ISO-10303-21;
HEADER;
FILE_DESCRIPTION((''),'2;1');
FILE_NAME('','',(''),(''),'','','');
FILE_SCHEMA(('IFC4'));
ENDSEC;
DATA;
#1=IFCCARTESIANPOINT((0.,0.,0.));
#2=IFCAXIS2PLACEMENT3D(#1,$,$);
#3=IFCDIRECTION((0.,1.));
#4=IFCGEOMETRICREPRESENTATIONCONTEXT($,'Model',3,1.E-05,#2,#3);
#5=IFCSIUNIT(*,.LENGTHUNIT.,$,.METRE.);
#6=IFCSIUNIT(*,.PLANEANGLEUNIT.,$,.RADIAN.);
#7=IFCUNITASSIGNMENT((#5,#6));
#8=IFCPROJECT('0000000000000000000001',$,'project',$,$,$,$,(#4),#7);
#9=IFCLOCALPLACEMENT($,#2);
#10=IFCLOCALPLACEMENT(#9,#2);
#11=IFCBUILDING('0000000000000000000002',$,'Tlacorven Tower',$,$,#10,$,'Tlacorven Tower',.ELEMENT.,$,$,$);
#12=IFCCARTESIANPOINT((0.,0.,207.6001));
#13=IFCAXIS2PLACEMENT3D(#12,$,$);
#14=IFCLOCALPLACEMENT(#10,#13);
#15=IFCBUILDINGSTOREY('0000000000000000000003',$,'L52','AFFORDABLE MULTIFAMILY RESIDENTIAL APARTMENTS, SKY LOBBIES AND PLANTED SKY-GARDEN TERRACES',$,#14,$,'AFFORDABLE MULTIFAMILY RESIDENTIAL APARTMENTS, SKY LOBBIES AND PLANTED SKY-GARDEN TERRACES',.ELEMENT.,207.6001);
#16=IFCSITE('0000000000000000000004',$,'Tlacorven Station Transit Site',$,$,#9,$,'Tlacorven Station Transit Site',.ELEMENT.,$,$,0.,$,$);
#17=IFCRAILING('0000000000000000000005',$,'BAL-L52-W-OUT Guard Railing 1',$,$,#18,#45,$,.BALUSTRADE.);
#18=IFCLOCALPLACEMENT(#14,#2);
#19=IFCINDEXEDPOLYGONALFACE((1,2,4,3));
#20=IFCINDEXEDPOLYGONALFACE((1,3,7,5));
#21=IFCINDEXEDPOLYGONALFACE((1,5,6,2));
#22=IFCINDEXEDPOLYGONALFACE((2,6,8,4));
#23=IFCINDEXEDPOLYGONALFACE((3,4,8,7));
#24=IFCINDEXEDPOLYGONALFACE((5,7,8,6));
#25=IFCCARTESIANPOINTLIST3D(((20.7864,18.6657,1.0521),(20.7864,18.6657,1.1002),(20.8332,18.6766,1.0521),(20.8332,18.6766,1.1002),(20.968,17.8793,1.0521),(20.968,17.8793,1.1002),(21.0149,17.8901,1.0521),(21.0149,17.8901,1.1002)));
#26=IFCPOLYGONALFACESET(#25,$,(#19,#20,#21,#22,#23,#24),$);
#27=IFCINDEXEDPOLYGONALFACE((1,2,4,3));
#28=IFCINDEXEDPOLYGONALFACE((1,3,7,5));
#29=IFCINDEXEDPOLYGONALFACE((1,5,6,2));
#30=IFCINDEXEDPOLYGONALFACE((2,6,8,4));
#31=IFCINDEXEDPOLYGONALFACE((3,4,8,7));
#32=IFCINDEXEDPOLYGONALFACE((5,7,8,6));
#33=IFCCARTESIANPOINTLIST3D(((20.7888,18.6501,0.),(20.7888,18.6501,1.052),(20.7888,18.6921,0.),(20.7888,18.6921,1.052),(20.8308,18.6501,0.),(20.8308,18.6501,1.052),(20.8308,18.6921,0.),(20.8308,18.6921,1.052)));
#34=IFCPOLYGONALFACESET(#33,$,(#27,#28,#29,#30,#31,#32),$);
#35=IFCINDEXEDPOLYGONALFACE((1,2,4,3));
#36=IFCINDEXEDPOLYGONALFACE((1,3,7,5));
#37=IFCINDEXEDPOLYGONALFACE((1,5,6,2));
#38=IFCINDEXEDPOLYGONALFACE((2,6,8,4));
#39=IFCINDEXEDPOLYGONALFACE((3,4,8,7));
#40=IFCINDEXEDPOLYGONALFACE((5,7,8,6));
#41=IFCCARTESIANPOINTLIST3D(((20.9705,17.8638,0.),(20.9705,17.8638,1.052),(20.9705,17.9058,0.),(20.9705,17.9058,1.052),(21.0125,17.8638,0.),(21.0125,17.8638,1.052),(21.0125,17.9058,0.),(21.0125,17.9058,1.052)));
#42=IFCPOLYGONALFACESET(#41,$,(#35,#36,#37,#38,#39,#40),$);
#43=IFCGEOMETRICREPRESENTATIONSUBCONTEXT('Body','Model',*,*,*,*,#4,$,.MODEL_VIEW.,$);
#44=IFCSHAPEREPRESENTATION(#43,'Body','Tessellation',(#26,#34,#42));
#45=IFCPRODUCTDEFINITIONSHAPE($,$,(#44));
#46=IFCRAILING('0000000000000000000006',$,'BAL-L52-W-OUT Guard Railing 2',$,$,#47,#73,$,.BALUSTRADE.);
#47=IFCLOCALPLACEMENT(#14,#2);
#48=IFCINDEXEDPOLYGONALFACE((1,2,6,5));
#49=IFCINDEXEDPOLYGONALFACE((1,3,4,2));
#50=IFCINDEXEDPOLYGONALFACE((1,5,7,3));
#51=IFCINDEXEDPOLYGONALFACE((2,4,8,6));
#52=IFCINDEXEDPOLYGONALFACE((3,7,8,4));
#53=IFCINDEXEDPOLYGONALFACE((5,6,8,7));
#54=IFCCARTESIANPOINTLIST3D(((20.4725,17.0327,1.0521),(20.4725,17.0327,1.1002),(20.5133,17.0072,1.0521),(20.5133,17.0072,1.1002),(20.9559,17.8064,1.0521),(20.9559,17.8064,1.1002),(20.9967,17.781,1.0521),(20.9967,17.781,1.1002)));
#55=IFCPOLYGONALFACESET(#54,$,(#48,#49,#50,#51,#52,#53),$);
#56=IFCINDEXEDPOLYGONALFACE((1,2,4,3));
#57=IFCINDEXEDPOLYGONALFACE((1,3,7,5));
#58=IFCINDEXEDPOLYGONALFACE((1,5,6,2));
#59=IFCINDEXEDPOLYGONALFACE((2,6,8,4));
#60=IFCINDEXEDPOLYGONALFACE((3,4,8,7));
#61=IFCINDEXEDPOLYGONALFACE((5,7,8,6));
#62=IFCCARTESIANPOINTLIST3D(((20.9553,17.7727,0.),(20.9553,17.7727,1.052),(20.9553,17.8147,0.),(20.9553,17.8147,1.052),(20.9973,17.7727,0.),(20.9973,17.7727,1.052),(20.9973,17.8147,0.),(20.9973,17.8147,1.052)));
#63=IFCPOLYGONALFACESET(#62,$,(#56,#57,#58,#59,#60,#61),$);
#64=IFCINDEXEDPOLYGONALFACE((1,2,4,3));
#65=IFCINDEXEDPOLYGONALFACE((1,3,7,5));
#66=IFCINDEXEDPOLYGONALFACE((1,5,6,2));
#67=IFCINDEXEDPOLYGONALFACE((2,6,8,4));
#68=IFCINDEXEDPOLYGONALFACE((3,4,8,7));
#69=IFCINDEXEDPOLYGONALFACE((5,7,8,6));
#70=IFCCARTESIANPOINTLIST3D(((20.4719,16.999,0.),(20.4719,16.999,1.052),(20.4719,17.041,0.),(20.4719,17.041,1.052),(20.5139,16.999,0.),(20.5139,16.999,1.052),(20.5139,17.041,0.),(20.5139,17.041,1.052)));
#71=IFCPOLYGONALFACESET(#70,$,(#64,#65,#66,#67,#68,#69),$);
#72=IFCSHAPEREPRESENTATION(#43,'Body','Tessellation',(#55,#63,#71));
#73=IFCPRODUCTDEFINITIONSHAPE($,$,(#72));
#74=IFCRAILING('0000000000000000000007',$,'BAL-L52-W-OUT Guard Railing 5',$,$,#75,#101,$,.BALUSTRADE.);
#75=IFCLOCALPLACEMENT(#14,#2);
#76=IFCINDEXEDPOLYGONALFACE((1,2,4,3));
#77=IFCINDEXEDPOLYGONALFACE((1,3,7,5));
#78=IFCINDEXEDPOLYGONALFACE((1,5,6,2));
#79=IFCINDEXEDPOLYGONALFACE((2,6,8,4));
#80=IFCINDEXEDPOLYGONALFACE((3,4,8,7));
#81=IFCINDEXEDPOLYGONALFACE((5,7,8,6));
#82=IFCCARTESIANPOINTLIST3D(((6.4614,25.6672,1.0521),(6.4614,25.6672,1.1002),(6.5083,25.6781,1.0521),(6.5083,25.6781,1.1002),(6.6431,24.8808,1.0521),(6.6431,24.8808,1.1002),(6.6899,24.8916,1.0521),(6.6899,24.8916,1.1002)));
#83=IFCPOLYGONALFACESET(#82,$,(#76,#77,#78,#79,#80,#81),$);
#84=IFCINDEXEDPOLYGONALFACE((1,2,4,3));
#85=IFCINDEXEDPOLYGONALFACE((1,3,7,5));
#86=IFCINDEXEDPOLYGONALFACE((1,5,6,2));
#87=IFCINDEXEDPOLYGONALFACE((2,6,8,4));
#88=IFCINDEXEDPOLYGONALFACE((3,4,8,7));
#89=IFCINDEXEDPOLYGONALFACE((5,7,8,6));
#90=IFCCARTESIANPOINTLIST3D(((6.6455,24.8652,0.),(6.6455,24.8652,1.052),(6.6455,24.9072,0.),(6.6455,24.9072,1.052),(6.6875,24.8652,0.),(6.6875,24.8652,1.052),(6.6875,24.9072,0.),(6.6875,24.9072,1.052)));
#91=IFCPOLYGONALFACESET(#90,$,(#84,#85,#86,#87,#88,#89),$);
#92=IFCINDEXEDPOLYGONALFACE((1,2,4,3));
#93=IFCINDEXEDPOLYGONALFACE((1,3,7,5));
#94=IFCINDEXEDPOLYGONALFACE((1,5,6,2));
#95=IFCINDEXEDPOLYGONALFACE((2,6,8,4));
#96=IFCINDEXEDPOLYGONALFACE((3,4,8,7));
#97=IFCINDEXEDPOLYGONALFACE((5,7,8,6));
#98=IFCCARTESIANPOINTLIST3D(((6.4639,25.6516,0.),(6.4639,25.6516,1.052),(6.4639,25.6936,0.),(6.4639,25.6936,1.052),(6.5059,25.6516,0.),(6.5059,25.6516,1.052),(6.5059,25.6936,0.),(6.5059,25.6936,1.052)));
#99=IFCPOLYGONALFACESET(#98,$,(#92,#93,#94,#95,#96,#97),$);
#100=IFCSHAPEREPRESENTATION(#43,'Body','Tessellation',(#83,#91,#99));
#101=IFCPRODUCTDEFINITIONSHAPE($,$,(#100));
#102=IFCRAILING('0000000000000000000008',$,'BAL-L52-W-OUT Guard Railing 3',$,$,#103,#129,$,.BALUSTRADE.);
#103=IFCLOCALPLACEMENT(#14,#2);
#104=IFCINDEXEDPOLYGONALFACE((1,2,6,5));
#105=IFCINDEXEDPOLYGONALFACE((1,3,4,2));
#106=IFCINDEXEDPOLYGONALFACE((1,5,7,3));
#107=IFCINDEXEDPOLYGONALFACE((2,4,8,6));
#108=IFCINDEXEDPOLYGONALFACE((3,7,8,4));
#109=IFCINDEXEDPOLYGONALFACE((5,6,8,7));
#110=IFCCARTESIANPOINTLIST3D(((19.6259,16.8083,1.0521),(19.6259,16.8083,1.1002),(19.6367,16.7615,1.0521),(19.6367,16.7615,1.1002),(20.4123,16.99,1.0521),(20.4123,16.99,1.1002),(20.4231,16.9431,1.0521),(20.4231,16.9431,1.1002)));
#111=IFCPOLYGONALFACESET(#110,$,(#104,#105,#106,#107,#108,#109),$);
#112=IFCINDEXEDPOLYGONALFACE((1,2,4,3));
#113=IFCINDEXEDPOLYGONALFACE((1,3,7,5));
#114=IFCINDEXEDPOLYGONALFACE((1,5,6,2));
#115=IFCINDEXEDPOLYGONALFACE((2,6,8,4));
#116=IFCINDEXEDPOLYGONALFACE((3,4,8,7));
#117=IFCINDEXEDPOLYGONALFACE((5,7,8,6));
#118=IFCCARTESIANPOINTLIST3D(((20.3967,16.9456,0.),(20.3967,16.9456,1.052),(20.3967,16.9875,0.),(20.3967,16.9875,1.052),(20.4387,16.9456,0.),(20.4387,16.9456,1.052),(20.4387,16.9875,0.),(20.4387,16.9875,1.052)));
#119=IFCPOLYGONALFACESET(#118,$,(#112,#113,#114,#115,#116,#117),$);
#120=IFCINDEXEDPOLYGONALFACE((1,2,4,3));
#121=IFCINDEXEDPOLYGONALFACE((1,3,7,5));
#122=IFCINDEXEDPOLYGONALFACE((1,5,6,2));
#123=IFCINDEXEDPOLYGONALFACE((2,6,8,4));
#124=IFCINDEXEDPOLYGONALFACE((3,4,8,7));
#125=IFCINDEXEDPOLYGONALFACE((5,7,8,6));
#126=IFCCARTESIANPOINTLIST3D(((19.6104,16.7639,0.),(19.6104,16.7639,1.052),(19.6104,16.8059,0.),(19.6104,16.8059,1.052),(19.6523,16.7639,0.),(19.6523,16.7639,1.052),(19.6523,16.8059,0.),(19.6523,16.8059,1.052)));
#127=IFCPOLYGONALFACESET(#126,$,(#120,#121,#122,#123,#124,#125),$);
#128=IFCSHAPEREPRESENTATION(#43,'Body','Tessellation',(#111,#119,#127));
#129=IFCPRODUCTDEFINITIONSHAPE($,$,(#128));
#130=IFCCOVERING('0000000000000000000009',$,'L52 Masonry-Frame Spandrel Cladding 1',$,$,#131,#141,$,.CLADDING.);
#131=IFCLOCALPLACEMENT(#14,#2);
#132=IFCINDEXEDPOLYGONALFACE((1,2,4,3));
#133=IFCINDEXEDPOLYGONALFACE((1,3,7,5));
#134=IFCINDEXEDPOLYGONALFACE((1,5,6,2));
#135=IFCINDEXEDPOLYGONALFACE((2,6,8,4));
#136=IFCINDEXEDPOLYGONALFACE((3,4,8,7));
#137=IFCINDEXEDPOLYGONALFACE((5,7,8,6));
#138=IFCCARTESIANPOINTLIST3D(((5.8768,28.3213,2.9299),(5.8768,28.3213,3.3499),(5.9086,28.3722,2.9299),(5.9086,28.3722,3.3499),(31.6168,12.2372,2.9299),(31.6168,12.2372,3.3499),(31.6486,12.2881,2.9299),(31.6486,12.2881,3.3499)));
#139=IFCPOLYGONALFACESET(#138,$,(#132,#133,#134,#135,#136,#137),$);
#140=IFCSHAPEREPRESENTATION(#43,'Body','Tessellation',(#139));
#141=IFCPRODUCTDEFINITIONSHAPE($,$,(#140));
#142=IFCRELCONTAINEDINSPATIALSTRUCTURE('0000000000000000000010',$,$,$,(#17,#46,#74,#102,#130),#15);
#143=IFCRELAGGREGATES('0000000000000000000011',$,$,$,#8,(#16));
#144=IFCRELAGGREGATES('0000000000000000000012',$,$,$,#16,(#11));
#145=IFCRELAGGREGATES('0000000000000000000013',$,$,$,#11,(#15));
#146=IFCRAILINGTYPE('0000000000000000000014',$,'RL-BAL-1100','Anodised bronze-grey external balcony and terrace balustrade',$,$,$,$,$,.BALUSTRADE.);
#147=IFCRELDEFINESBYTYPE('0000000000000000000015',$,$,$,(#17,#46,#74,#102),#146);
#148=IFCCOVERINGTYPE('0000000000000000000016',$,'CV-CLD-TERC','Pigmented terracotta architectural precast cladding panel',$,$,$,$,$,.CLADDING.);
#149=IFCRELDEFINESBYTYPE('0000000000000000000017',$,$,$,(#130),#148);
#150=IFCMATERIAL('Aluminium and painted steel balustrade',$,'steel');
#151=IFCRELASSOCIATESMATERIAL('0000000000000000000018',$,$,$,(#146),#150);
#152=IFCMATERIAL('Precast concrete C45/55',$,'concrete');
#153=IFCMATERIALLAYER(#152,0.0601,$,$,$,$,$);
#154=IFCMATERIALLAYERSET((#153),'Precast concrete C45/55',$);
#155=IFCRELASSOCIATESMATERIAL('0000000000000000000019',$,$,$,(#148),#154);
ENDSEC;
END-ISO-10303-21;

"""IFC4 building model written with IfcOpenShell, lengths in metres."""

from ifc_helpers import new_model, si_unit, direction, frame, origin, origin_2d, place, context, subcontext, project, spatial, rectangle, extrude, source, transform, mapped, material, layer, layer_set, type_object, element, save


model = new_model("IFC4")

# Units and contexts
model_context = context("Model", 3, precision=1e-05, world=origin(), true_north=direction((0.0, 1.0)))
body_context = subcontext(model_context, "Body", "Model", "MODEL_VIEW")
ifc_project = project(units=[si_unit("LENGTHUNIT", "METRE"), si_unit("PLANEANGLEUNIT", "RADIAN")], contexts=[model_context])

# Site, building, storey
site_placement = place(None, origin())
site = spatial("IfcSite", under=ifc_project, at=site_placement, Name="Tlacorven Station Transit Site", LongName="Tlacorven Station Transit Site", CompositionType="ELEMENT", RefElevation=0.0)
building_placement = place(site_placement, origin())
building = spatial("IfcBuilding", under=site, at=building_placement, Name="Tlacorven Tower", LongName="Tlacorven Tower", CompositionType="ELEMENT")
storey_placement = place(building_placement, frame((0.0, 0.0, 207.6001)))
storey = spatial("IfcBuildingStorey", under=building, at=storey_placement, Name="L52", Description="AFFORDABLE MULTIFAMILY RESIDENTIAL APARTMENTS, SKY LOBBIES AND PLANTED SKY-GARDEN TERRACES", LongName="AFFORDABLE MULTIFAMILY RESIDENTIAL APARTMENTS, SKY LOBBIES AND PLANTED SKY-GARDEN TERRACES", CompositionType="ELEMENT", Elevation=207.6001)

# Shared definitions
ifc_material_1 = material(Name="Precast concrete C45/55", Category="concrete")

# Railings
ifc_material_2 = material(Name="Aluminium and painted steel balustrade", Category="steel")
railing_type = type_object("IfcRailingType", Name="RL-BAL-1100", Description="Anodised bronze-grey external balcony and terrace balustrade", PredefinedType="BALUSTRADE", material=ifc_material_2)
shared_shape_1 = source(origin(), body_context, "Body", "SweptSolid", [
    extrude(rectangle(XDim=0.0481, YDim=0.0481, at=origin_2d()), frame((0.0, 0.0, 1.0762), z_axis=(0.225058, -0.974345, 0.0), x_axis=(0.974345, 0.225058, 0.0)), (0.0, 0.0, 1.0), 0.8071),
    extrude(rectangle(XDim=0.042, YDim=0.042, at=origin_2d()), origin(), (0.0, 0.0, 1.0), 1.052),
    extrude(rectangle(XDim=0.042, YDim=0.042, at=origin_2d()), frame((0.1816, -0.7864, 0.0)), (0.0, 0.0, 1.0), 1.052),
])
railing_1_placement = place(storey_placement, frame((20.8098, 18.6711, 0.0)))
element("IfcRailing", 1, at=railing_1_placement, inside=storey, type_object=railing_type, Name="BAL-L52-W-OUT Guard Railing 1", PredefinedType="BALUSTRADE", context=body_context, shape_type="MappedRepresentation", body=[
    mapped(shared_shape_1, transform((0.0, 0.0, 0.0), scale=1.0)),
])
shared_shape_2 = source(origin(), body_context, "Body", "SweptSolid", [
    extrude(rectangle(XDim=0.0481, YDim=0.0481, at=origin_2d()), frame((0.0, 0.0, 1.0762), z_axis=(-0.529879, -0.848073, 0.0), x_axis=(0.848073, -0.529879, 0.0)), (0.0, 0.0, 1.0), 0.9124),
    extrude(rectangle(XDim=0.042, YDim=0.042, at=origin_2d()), origin(), (0.0, 0.0, 1.0), 1.052),
    extrude(rectangle(XDim=0.042, YDim=0.042, at=origin_2d()), frame((-0.4834, -0.7737, 0.0)), (0.0, 0.0, 1.0), 1.052),
])
railing_2_placement = place(storey_placement, frame((20.9763, 17.7937, 0.0)))
element("IfcRailing", 2, at=railing_2_placement, inside=storey, type_object=railing_type, Name="BAL-L52-W-OUT Guard Railing 2", PredefinedType="BALUSTRADE", context=body_context, shape_type="MappedRepresentation", body=[
    mapped(shared_shape_2, transform((0.0, 0.0, 0.0), scale=1.0)),
])
shared_shape_3 = source(origin(), body_context, "Body", "SweptSolid", [
    extrude(rectangle(XDim=0.0481, YDim=0.0481, at=origin_2d()), frame((0.0, 0.0, 1.0762), z_axis=(-0.225058, 0.974345, 0.0), x_axis=(-0.974345, -0.225058, 0.0)), (0.0, 0.0, 1.0), 0.8071),
    extrude(rectangle(XDim=0.042, YDim=0.042, at=origin_2d()), origin(), (0.0, 0.0, 1.0), 1.052),
    extrude(rectangle(XDim=0.042, YDim=0.042, at=origin_2d()), frame((-0.1816, 0.7864, 0.0)), (0.0, 0.0, 1.0), 1.052),
])
railing_3_placement = place(storey_placement, frame((6.6665, 24.8862, 0.0)))
element("IfcRailing", 3, at=railing_3_placement, inside=storey, type_object=railing_type, Name="BAL-L52-W-OUT Guard Railing 5", PredefinedType="BALUSTRADE", context=body_context, shape_type="MappedRepresentation", body=[
    mapped(shared_shape_3, transform((0.0, 0.0, 0.0), scale=1.0)),
])
shared_shape_4 = source(origin(), body_context, "Body", "SweptSolid", [
    extrude(rectangle(XDim=0.0481, YDim=0.0481, at=origin_2d()), frame((0.0, 0.0, 1.0762), z_axis=(-0.974345, -0.225058, 0.0), x_axis=(0.225058, -0.974345, 0.0)), (0.0, 0.0, 1.0), 0.8071),
    extrude(rectangle(XDim=0.042, YDim=0.042, at=origin_2d()), origin(), (0.0, 0.0, 1.0), 1.052),
    extrude(rectangle(XDim=0.042, YDim=0.042, at=origin_2d()), frame((-0.7864, -0.1816, 0.0)), (0.0, 0.0, 1.0), 1.052),
])
railing_4_placement = place(storey_placement, frame((20.4177, 16.9666, 0.0)))
element("IfcRailing", 4, at=railing_4_placement, inside=storey, type_object=railing_type, Name="BAL-L52-W-OUT Guard Railing 3", PredefinedType="BALUSTRADE", context=body_context, shape_type="MappedRepresentation", body=[
    mapped(shared_shape_4, transform((0.0, 0.0, 0.0), scale=1.0)),
])

# Covering
ifc_layer_1 = layer(ifc_material_1, 0.0601)
ifc_layer_set_1 = layer_set([ifc_layer_1], Name="Precast concrete C45/55")
covering_type = type_object("IfcCoveringType", Name="CV-CLD-TERC", Description="Pigmented terracotta architectural precast cladding panel", PredefinedType="CLADDING", material=ifc_layer_set_1)
shared_shape_5 = source(origin(), body_context, "Body", "SweptSolid", [
    extrude(rectangle(XDim=30.3521, YDim=0.0601, at=origin_2d()), origin(), (0.0, 0.0, 1.0), 0.4199),
])
covering_placement = place(storey_placement, frame((18.7627, 20.3047, 2.9299), z_axis=(0.0, 0.0, 1.0), x_axis=(-0.848048, 0.529919, 0.0)))
element("IfcCovering", 5, at=covering_placement, inside=storey, type_object=covering_type, Name="L52 Masonry-Frame Spandrel Cladding 1", PredefinedType="CLADDING", context=body_context, shape_type="MappedRepresentation", body=[
    mapped(shared_shape_5, transform((0.0, 0.0, 0.0), scale=1.0)),
])

save(model, "model.ifc")
